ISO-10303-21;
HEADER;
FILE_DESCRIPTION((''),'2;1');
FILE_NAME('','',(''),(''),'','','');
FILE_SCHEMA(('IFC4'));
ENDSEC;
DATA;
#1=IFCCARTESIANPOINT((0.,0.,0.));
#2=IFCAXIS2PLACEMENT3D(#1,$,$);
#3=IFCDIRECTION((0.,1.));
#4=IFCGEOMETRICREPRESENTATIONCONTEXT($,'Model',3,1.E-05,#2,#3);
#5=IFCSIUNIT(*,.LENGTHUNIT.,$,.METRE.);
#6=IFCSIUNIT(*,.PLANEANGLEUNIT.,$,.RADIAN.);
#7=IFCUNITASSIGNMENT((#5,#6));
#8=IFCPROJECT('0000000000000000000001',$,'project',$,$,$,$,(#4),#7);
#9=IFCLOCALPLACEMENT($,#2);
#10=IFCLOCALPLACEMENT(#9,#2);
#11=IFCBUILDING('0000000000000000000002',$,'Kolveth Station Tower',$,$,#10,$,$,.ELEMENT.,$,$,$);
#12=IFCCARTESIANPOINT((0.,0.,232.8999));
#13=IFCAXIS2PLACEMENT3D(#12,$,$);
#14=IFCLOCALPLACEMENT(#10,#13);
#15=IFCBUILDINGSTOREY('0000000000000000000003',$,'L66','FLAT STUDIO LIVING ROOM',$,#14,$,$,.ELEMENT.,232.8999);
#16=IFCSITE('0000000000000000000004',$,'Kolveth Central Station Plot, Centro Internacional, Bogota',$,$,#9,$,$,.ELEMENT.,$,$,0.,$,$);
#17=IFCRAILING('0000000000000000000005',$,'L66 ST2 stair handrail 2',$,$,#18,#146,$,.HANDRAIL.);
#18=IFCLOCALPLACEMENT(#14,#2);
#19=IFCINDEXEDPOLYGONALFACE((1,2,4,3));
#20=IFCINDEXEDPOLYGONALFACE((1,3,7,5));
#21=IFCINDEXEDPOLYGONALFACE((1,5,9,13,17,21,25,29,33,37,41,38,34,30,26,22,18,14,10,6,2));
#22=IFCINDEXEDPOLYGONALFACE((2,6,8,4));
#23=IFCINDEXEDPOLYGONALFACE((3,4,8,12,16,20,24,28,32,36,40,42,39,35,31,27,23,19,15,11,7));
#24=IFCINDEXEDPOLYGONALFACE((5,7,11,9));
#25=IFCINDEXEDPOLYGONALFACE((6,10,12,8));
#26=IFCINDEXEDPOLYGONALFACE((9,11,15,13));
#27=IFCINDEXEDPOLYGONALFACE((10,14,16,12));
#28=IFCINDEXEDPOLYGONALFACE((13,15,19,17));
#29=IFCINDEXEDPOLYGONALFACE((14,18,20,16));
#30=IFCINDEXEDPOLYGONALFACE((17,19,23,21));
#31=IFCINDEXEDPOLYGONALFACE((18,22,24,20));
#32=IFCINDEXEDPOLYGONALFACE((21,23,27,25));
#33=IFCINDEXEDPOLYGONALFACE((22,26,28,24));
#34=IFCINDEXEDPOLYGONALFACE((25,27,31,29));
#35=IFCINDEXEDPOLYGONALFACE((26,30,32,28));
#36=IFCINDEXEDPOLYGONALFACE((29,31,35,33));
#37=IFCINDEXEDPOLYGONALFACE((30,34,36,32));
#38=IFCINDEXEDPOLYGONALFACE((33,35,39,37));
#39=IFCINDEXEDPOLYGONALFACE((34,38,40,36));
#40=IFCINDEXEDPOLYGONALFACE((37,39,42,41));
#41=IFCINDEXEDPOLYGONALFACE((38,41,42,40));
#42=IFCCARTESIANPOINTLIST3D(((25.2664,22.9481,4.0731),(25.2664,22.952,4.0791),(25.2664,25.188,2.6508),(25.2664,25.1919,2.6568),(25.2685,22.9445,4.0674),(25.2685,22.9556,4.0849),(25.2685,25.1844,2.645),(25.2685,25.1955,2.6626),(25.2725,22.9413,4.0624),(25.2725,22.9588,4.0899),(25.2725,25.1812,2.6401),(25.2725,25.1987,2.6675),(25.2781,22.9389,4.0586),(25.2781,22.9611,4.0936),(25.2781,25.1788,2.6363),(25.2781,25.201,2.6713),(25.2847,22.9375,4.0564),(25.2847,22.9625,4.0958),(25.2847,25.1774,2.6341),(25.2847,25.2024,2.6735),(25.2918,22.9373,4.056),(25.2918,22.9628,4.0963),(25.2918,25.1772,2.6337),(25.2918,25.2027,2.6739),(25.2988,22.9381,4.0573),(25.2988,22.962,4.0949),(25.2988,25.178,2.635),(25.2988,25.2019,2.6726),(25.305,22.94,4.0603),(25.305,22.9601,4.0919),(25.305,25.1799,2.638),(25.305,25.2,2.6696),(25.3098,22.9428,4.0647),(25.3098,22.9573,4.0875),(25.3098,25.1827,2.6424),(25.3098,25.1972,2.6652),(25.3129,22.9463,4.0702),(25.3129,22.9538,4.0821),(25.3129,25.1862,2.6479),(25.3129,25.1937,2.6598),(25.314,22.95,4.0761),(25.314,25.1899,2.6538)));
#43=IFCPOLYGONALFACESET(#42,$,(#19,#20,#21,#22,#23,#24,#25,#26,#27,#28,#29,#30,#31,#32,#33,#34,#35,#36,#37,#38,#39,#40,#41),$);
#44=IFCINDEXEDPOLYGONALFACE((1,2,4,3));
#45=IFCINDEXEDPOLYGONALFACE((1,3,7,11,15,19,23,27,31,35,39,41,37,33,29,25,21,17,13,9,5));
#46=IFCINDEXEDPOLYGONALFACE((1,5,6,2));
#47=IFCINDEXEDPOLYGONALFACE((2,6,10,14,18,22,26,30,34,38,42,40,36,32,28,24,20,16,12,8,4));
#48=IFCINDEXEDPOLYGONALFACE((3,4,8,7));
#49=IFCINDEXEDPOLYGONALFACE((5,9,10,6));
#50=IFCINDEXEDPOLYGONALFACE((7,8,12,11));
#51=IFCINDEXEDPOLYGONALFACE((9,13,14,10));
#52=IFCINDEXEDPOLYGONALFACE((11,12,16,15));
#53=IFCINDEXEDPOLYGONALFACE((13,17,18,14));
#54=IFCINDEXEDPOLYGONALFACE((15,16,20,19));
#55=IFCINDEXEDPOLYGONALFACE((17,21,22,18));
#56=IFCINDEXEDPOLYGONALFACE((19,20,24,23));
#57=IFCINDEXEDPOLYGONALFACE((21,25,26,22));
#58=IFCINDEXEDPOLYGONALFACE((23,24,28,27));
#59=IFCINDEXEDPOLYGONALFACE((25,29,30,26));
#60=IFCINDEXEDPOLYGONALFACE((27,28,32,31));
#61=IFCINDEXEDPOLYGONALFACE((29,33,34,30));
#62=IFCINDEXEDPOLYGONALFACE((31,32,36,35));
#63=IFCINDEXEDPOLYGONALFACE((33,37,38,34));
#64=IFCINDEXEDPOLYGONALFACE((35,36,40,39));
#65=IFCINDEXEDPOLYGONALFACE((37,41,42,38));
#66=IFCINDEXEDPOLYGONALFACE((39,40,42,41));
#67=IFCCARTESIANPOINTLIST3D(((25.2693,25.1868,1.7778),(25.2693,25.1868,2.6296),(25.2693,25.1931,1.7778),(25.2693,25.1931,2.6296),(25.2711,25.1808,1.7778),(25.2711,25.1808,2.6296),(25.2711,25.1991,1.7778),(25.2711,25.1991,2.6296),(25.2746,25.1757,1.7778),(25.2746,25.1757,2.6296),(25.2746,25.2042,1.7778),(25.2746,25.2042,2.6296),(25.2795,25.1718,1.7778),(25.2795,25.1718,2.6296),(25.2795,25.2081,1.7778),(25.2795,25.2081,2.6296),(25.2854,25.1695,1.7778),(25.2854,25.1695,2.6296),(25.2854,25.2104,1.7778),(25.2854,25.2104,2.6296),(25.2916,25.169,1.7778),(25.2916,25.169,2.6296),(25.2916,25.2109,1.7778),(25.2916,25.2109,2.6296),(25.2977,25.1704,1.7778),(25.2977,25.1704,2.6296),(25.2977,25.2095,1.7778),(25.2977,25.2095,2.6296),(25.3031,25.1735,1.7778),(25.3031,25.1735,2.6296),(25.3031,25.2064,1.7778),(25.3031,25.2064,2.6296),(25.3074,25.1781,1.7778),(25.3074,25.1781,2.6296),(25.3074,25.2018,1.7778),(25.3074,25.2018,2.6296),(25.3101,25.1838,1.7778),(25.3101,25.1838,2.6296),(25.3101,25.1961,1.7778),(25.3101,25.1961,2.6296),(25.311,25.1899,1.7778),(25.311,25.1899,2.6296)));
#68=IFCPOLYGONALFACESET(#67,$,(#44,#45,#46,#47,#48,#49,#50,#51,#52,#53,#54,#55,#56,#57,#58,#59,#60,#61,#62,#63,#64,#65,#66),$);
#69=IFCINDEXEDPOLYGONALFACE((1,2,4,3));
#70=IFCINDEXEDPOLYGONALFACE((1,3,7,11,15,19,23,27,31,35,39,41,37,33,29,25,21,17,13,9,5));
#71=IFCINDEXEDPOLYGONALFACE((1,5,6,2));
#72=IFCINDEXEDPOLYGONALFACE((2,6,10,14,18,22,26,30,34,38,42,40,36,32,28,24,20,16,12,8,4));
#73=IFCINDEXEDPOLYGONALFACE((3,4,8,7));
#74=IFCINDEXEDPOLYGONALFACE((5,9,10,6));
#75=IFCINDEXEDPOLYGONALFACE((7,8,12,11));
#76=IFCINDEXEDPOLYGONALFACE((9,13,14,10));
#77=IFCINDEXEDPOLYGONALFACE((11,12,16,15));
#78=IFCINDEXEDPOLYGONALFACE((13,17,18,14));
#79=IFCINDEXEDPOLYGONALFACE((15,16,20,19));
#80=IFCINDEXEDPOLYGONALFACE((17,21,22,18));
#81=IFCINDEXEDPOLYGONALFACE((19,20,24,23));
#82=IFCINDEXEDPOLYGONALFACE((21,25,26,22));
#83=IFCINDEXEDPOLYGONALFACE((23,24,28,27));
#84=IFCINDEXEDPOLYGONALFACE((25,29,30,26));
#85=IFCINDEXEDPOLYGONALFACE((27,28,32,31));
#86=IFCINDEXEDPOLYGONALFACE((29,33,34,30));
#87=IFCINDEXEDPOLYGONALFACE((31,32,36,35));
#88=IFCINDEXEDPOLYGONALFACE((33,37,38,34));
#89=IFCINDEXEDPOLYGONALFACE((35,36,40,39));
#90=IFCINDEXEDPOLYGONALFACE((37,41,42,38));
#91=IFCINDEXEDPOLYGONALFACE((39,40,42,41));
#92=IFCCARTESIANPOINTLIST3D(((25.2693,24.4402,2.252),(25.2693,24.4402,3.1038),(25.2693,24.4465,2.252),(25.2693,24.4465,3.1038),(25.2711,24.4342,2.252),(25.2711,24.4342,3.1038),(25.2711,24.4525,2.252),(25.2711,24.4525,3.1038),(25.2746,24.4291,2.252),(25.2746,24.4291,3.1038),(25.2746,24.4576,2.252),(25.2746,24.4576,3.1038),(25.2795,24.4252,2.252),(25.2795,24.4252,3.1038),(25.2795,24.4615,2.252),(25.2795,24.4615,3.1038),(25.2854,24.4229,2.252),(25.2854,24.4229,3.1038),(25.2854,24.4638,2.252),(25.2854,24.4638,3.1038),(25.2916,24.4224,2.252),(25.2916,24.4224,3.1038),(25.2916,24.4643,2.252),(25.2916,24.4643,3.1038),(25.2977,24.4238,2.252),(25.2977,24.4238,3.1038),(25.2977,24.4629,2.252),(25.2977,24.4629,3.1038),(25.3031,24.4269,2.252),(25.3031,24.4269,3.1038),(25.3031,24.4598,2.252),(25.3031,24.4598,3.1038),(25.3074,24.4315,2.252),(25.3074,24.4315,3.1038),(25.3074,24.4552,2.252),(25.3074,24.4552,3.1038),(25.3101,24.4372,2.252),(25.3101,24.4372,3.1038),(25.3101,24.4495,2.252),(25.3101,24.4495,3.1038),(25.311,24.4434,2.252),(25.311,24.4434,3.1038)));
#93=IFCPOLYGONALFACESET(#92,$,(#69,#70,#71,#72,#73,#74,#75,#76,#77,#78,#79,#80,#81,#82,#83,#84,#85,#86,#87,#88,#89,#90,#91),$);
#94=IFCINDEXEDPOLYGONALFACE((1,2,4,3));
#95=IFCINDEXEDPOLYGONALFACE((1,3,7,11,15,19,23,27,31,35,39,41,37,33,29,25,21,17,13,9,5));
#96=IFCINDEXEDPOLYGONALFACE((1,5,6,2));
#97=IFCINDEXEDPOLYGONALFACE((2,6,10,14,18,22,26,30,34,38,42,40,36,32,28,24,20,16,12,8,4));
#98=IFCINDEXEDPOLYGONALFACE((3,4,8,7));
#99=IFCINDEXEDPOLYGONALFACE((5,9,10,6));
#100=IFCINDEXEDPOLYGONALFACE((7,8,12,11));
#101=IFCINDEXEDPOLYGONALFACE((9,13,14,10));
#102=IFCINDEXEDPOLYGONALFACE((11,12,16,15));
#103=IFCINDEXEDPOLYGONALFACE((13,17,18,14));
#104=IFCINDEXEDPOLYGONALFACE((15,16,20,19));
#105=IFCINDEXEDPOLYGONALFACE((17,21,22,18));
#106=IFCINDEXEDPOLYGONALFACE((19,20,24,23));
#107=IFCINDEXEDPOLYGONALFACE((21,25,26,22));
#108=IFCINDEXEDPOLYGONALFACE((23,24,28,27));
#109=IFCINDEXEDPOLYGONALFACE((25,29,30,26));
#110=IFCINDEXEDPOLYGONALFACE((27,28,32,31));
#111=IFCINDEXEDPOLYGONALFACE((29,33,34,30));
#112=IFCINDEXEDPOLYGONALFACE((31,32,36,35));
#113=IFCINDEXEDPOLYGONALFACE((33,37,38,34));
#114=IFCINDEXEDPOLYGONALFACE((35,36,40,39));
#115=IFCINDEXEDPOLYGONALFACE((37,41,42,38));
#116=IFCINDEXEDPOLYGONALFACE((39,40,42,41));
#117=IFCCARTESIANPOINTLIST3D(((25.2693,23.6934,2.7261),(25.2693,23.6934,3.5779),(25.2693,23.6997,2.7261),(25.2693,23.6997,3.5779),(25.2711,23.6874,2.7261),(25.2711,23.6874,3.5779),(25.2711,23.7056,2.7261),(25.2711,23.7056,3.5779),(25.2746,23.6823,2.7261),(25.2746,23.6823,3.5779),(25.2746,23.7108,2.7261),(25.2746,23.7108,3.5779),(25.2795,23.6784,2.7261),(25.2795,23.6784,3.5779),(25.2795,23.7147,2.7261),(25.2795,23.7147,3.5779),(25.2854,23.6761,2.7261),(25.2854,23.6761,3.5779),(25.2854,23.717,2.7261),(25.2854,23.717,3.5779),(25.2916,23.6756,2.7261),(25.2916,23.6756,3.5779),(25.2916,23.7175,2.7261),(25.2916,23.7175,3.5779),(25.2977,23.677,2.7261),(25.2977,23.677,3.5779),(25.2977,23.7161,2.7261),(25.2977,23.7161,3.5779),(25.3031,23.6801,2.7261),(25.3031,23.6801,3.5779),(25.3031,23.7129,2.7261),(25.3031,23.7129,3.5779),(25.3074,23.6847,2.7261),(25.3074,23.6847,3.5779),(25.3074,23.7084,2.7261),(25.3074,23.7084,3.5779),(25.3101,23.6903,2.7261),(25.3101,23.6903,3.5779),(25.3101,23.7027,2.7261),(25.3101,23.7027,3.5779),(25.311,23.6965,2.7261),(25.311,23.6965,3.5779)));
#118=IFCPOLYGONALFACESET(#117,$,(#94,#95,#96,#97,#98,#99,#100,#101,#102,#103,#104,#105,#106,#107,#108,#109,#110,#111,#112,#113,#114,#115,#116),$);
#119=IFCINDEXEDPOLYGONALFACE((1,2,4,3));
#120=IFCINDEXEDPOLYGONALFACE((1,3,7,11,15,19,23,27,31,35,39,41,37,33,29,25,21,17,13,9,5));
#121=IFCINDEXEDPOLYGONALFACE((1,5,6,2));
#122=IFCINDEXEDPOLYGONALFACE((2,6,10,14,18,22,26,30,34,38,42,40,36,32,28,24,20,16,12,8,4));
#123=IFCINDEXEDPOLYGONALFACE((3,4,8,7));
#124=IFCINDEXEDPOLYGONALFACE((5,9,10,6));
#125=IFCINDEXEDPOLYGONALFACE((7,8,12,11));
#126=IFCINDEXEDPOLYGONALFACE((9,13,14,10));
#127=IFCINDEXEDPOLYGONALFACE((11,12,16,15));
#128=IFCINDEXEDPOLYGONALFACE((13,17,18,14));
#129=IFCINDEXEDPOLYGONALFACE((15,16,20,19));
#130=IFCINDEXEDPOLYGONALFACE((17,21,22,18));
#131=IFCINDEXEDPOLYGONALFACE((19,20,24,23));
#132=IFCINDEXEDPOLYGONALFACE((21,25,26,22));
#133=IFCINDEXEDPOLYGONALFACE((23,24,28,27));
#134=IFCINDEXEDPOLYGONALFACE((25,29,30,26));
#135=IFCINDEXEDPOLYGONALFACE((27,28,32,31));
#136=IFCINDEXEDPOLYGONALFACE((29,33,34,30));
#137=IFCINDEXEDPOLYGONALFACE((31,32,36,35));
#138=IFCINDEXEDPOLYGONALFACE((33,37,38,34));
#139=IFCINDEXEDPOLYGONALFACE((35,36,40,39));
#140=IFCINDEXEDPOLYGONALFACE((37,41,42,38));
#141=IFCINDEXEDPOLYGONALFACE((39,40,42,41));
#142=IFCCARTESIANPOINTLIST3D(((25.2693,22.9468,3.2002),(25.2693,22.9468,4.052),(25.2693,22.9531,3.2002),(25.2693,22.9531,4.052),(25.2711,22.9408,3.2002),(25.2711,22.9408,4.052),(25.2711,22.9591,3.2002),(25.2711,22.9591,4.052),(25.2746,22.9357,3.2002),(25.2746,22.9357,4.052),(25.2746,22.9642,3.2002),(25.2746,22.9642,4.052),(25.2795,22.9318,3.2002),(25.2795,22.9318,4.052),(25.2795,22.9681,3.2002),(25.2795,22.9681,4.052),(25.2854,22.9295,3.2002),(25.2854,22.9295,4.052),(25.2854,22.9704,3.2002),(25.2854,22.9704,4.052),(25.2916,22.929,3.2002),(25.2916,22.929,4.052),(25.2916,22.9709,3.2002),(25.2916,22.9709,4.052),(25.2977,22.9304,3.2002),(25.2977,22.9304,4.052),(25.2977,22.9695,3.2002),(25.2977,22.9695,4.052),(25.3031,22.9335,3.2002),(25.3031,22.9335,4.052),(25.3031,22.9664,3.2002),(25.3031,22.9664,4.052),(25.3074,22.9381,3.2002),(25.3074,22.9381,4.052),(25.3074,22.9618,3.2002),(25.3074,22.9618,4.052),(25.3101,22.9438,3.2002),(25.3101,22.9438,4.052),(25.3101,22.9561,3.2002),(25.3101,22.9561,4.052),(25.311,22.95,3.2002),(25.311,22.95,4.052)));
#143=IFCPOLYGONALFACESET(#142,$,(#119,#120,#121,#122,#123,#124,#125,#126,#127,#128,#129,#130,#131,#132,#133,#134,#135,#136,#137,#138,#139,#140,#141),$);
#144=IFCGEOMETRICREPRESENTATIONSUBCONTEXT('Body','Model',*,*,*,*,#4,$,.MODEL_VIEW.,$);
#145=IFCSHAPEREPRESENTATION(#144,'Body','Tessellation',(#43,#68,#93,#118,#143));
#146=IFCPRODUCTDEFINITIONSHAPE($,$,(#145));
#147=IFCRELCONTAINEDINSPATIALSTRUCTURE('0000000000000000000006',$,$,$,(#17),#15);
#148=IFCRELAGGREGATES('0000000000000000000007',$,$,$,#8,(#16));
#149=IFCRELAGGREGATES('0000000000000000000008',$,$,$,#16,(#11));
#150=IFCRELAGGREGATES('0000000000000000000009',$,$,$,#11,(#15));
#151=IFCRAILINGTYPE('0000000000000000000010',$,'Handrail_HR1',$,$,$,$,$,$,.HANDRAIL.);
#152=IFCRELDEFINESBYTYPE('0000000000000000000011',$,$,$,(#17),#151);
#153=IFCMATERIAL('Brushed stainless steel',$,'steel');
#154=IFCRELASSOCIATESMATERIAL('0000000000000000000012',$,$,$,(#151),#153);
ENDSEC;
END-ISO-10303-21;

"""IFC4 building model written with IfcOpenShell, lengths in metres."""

from ifc_helpers import new_model, si_unit, direction, frame, origin, origin_2d, place, context, subcontext, project, spatial, circle, extrude, material, type_object, element, save


model = new_model("IFC4")

# Units and contexts
model_context = context("Model", 3, precision=1e-05, world=origin(), true_north=direction((0.0, 1.0)))
body_context = subcontext(model_context, "Body", "Model", "MODEL_VIEW")
ifc_project = project(units=[si_unit("LENGTHUNIT", "METRE"), si_unit("PLANEANGLEUNIT", "RADIAN")], contexts=[model_context])

# Site, building, storey
site_placement = place(None, origin())
site = spatial("IfcSite", under=ifc_project, at=site_placement, Name="Kolveth Central Station Plot, Centro Internacional, Bogota", CompositionType="ELEMENT", RefElevation=0.0)
building_placement = place(site_placement, origin())
building = spatial("IfcBuilding", under=site, at=building_placement, Name="Kolveth Station Tower", CompositionType="ELEMENT")
storey_placement = place(building_placement, frame((0.0, 0.0, 232.8999)))
storey = spatial("IfcBuildingStorey", under=building, at=storey_placement, Name="L66", Description="FLAT STUDIO LIVING ROOM", CompositionType="ELEMENT", Elevation=232.8999)

# Railing
ifc_material_1 = material(Name="Brushed stainless steel", Category="steel")
railing_type_1 = type_object("IfcRailingType", Name="Handrail_HR1", PredefinedType="HANDRAIL", material=ifc_material_1)
railing_1_placement = place(storey_placement, frame((25.29, 25.1899, 1.7778)))
element("IfcRailing", 1, at=railing_1_placement, inside=storey, type_object=railing_type_1, Name="L66 ST2 stair handrail 2", PredefinedType="HANDRAIL", context=body_context, shape_type="SweptSolid", body=[
    extrude(circle(Radius=0.0239, at=origin_2d()), frame((0.0, 0.0, 0.876), z_axis=(0.0, -0.844188, 0.536048), x_axis=(1.0, 0.0, 0.0)), (0.0, 0.0, 1.0), 2.6533),
    extrude(circle(Radius=0.021, at=origin_2d()), origin(), (0.0, 0.0, 1.0), 0.8518),
    extrude(circle(Radius=0.021, at=origin_2d()), frame((0.0, -0.7466, 0.4741)), (0.0, 0.0, 1.0), 0.8518),
    extrude(circle(Radius=0.021, at=origin_2d()), frame((0.0, -1.4934, 0.9482)), (0.0, 0.0, 1.0), 0.8518),
    extrude(circle(Radius=0.021, at=origin_2d()), frame((0.0, -2.24, 1.4224)), (0.0, 0.0, 1.0), 0.8518),
])

save(model, "model.ifc")
